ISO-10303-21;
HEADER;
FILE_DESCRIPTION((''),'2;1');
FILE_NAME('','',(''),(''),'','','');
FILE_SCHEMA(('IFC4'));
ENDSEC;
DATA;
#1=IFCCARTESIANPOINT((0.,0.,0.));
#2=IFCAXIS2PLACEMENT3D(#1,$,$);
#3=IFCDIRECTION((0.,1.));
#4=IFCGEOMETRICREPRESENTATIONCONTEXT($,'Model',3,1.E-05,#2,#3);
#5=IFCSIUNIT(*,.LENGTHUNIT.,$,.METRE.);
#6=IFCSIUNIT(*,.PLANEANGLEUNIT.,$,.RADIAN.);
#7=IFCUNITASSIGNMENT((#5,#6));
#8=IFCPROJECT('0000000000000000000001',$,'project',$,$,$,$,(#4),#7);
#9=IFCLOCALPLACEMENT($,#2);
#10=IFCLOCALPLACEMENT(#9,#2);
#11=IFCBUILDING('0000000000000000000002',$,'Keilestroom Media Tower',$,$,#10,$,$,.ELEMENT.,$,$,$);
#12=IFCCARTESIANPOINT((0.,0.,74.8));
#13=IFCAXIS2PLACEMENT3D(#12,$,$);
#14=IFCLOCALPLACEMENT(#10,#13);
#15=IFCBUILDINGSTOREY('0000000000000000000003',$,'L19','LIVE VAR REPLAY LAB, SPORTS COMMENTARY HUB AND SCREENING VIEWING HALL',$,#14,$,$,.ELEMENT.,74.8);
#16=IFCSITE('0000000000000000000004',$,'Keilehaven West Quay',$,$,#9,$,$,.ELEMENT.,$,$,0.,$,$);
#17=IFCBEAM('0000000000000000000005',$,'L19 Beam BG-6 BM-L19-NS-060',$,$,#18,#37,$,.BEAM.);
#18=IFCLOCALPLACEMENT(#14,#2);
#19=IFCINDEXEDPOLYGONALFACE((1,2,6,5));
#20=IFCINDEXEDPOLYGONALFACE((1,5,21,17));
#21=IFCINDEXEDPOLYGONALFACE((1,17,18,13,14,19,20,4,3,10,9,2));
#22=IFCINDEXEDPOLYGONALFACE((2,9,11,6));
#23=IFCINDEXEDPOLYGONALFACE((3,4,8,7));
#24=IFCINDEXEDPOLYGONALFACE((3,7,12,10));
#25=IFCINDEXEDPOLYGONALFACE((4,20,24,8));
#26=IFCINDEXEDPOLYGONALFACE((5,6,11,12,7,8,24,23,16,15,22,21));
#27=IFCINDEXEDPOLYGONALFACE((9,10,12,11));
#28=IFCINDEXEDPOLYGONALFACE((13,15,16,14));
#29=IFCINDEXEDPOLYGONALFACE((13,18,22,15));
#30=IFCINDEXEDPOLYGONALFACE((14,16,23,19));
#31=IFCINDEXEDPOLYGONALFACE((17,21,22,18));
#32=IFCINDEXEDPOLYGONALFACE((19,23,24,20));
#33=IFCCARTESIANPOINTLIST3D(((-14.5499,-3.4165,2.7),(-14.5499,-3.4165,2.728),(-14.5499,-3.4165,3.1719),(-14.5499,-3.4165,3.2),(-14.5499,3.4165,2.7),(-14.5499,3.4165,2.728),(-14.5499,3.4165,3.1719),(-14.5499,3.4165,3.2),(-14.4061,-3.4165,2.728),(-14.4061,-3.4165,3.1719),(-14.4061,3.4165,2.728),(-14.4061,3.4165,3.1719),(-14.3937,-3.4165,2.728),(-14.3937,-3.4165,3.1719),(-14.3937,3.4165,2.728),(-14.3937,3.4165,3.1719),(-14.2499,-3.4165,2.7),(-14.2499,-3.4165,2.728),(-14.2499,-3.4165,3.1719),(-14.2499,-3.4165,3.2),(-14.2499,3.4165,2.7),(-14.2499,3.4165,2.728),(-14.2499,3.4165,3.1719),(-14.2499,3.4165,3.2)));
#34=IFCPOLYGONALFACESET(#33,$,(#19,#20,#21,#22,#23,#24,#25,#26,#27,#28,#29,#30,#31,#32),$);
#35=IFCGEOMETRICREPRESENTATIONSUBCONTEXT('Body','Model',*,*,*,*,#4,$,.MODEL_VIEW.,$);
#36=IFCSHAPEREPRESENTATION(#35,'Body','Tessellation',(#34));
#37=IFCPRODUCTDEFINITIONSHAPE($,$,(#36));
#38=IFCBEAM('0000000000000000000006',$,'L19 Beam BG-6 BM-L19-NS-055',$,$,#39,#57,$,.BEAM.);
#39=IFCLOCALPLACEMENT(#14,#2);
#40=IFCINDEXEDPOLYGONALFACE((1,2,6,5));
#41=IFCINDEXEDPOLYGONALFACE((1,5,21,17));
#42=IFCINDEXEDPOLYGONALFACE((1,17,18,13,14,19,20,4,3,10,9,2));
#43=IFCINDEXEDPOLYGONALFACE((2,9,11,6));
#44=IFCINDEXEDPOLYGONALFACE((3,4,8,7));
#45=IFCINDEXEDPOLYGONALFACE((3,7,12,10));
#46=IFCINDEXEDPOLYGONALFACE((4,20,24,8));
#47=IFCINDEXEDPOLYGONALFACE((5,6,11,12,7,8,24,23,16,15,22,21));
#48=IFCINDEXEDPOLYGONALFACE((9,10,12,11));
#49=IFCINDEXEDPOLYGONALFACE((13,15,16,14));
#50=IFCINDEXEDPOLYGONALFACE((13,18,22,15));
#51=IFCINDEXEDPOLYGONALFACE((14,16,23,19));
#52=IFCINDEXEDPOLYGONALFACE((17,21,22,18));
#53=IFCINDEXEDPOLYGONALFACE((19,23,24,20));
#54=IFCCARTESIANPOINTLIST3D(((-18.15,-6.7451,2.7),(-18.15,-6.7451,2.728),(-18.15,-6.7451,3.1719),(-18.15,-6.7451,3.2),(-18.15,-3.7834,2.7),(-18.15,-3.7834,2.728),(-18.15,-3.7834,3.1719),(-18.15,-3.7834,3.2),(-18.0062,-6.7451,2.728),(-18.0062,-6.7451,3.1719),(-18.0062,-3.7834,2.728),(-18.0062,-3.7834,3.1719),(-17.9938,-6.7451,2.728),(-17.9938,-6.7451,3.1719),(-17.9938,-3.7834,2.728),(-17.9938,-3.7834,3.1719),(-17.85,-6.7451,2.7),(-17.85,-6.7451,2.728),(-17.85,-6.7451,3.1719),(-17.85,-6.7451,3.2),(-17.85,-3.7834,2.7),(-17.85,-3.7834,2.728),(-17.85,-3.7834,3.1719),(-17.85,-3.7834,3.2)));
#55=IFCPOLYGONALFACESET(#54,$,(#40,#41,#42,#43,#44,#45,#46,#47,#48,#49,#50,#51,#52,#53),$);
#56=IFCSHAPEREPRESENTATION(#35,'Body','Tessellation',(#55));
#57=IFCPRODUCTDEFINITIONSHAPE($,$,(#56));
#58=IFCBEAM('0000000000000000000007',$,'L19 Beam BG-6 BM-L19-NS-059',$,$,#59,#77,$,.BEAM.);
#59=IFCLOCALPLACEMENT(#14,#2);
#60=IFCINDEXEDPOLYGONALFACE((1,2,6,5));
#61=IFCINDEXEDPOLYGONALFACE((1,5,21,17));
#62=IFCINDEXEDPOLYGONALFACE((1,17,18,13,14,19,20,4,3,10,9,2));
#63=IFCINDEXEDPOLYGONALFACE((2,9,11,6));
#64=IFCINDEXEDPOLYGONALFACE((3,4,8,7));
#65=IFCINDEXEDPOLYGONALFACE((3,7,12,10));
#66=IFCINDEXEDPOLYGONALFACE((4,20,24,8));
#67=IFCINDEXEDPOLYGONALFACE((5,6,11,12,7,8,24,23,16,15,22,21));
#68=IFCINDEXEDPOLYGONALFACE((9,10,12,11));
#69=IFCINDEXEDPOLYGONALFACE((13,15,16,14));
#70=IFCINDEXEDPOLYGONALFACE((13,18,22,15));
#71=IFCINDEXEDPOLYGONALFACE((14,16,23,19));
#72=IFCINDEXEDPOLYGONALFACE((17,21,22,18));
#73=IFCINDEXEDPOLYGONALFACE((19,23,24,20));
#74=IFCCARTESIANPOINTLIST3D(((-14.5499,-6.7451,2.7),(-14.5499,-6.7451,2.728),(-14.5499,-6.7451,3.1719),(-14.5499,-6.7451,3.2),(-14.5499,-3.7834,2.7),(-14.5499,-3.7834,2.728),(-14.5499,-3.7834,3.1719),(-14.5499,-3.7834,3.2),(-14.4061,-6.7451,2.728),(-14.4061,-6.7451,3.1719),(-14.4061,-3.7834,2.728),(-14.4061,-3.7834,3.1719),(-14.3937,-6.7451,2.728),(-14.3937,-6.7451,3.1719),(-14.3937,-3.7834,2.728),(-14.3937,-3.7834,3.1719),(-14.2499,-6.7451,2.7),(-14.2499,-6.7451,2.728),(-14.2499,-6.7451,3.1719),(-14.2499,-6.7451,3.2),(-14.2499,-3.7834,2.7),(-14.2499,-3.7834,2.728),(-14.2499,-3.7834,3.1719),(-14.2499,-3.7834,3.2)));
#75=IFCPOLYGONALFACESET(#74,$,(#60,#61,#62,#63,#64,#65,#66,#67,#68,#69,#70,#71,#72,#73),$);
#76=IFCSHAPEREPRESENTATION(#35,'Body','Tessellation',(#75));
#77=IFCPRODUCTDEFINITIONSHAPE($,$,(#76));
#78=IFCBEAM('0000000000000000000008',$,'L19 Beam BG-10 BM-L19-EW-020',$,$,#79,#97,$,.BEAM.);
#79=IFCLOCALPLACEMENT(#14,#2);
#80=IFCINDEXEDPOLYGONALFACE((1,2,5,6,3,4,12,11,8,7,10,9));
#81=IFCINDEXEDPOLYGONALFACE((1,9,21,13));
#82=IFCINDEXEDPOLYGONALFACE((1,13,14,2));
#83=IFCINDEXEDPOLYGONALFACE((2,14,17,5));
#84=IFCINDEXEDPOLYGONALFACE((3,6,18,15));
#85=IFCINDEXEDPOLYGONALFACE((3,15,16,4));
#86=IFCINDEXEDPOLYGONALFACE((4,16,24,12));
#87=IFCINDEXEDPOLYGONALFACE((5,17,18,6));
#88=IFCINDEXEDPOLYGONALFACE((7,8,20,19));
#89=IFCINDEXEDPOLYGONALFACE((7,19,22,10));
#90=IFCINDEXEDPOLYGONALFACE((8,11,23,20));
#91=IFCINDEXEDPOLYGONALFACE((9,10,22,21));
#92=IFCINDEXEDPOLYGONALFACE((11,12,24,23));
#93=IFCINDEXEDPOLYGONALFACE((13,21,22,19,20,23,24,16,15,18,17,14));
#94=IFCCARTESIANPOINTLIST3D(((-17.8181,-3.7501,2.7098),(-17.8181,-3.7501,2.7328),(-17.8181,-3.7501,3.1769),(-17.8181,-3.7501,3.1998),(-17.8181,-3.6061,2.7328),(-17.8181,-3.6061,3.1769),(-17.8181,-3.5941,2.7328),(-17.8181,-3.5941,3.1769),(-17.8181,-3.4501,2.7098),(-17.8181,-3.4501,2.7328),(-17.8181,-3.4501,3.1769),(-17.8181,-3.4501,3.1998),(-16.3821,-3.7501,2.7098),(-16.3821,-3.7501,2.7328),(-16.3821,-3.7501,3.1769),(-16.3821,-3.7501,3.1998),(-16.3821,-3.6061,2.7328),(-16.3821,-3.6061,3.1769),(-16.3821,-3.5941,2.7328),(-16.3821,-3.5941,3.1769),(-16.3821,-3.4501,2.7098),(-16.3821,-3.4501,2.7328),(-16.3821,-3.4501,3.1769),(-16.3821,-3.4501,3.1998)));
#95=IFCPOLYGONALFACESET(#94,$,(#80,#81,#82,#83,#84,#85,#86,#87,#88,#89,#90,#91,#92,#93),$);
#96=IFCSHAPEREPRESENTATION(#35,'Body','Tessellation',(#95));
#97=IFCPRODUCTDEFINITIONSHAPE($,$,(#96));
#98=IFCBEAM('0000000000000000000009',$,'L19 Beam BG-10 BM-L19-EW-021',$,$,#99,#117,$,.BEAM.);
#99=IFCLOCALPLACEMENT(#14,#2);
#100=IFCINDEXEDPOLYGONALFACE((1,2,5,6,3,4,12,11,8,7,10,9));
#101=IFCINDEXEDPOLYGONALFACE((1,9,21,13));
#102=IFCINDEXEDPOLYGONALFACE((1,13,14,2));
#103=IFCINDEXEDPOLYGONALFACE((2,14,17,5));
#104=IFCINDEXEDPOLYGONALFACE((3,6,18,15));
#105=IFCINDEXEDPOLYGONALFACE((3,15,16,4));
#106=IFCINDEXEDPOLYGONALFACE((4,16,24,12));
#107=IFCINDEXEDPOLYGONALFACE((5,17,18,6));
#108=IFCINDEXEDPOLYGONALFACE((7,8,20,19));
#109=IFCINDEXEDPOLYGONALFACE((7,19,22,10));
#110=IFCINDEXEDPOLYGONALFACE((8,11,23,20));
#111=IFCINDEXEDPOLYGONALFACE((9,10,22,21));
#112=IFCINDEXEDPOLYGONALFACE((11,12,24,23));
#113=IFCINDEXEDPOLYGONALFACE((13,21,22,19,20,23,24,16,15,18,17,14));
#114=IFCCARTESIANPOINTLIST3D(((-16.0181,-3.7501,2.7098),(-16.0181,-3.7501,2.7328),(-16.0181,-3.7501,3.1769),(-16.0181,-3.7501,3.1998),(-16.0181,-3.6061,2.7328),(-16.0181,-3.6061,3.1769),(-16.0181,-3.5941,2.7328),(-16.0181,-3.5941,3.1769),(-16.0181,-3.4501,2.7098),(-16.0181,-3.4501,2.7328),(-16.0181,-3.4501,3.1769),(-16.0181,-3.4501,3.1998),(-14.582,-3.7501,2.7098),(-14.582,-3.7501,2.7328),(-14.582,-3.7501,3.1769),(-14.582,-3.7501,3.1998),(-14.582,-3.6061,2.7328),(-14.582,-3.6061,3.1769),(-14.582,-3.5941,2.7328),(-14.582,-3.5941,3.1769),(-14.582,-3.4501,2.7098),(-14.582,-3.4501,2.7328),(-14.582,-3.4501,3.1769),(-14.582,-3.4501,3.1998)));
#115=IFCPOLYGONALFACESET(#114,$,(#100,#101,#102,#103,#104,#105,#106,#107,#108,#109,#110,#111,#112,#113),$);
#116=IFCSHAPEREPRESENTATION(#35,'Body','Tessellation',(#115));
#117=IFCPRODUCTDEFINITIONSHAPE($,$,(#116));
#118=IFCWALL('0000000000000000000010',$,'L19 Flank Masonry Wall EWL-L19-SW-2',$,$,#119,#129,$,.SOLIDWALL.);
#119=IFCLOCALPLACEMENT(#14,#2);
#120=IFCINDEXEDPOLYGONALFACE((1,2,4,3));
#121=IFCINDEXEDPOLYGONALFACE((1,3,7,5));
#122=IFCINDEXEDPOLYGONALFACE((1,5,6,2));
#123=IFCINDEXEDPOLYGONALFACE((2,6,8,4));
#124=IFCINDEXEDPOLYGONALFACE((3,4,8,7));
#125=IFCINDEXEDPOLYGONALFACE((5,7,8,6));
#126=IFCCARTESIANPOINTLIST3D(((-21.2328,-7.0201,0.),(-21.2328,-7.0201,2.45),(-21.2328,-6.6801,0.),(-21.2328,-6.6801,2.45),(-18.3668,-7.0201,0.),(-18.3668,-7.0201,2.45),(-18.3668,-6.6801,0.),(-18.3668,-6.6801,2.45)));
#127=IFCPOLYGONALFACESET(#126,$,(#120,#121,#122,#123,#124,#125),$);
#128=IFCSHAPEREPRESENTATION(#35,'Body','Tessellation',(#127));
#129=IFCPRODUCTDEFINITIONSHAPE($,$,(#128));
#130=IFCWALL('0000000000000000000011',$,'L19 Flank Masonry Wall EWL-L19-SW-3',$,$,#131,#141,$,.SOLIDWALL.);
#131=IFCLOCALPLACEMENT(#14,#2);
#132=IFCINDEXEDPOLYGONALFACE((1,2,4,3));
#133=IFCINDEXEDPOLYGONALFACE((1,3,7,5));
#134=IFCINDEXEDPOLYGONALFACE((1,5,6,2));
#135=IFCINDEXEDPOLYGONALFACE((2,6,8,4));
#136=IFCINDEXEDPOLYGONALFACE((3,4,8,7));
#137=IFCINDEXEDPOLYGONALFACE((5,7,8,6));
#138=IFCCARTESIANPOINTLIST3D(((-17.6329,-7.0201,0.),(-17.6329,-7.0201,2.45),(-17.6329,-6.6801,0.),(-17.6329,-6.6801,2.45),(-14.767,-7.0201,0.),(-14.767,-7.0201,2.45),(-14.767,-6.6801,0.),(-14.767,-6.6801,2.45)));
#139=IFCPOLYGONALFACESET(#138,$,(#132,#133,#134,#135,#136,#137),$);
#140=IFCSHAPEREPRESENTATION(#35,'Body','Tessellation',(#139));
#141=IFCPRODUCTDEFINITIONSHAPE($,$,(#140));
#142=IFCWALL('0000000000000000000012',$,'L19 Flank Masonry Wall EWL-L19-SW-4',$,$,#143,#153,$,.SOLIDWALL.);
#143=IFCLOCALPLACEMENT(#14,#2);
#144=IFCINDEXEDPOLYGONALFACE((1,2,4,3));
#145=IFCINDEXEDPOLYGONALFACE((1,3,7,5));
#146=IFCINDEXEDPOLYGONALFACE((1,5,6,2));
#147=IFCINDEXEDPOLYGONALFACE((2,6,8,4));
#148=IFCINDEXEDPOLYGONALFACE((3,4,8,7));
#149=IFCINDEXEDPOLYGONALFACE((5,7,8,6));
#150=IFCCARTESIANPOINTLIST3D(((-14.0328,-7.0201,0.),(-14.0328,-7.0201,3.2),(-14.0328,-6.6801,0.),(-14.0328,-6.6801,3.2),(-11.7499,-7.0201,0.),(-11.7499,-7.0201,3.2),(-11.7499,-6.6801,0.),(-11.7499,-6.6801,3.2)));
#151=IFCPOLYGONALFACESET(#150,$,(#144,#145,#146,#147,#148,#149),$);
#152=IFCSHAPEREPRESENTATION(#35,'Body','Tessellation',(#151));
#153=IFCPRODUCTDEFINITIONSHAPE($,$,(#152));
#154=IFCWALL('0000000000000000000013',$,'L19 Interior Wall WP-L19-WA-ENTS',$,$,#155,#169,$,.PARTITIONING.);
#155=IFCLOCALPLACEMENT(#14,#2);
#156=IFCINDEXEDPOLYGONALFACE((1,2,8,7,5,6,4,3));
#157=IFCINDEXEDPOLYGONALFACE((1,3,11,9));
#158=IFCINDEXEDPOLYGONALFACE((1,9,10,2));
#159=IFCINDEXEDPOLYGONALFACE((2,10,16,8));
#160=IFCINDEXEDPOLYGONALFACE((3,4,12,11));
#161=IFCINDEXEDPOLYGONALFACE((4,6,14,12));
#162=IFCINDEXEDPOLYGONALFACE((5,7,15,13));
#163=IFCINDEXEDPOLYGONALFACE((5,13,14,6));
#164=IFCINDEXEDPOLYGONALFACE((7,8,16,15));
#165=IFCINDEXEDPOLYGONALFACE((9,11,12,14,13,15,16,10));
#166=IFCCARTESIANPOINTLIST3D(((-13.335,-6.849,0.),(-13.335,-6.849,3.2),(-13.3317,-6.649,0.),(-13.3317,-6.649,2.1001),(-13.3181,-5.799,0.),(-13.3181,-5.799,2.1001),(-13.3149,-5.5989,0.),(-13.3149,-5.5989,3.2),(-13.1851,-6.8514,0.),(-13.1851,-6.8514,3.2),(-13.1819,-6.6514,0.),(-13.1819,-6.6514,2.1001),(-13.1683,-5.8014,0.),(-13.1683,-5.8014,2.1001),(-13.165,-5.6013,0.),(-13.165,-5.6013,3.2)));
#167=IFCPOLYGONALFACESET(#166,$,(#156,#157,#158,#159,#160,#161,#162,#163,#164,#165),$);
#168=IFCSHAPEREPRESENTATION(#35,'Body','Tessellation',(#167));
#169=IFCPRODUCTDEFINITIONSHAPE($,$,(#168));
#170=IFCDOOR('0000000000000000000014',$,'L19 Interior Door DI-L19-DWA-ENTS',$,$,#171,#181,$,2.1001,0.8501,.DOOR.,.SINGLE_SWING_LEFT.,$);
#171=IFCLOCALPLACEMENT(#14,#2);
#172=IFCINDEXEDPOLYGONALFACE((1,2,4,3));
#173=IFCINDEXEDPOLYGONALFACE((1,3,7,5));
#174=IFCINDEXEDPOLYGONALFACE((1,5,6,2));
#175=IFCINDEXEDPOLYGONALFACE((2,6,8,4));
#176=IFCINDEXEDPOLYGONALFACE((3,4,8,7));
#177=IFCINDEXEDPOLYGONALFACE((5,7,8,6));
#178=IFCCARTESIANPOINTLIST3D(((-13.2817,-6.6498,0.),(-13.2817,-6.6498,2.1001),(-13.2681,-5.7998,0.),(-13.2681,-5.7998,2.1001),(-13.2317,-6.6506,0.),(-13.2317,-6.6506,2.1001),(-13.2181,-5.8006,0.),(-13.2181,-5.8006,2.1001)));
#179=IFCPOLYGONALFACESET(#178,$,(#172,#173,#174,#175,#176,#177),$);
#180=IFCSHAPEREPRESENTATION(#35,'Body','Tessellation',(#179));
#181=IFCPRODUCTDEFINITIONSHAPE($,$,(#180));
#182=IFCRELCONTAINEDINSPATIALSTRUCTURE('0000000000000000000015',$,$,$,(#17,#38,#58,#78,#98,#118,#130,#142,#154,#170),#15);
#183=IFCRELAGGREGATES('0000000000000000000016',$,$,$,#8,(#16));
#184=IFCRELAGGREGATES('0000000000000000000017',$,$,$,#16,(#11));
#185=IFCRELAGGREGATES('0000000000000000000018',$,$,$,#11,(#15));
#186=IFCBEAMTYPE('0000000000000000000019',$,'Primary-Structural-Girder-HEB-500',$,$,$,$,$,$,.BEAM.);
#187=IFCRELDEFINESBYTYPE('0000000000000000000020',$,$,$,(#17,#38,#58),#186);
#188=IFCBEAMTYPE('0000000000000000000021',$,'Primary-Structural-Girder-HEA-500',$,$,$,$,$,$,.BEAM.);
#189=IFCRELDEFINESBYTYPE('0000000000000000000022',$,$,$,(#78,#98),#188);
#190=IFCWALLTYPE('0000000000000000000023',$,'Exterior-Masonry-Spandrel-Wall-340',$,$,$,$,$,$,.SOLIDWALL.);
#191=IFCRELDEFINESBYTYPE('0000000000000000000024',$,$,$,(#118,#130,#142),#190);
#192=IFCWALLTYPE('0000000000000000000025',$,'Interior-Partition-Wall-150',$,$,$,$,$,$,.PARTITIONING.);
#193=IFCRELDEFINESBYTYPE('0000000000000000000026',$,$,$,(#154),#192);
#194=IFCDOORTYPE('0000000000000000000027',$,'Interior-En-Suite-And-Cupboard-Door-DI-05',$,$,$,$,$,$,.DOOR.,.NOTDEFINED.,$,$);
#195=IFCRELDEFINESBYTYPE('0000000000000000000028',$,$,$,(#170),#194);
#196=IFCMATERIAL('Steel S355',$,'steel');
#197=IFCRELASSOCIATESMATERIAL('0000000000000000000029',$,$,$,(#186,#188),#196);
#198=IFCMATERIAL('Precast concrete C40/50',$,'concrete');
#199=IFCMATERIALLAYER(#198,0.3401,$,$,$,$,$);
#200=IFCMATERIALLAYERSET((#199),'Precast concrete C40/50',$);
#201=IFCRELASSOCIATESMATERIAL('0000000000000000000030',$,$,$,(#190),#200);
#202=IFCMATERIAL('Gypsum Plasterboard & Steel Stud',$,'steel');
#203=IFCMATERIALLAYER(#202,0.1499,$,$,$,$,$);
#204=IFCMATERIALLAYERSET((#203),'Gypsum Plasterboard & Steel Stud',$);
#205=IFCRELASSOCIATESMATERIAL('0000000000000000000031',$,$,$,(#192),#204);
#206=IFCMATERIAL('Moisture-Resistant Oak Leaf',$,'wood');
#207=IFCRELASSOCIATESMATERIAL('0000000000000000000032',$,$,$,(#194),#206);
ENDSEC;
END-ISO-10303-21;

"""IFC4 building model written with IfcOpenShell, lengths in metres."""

from ifc_helpers import new_model, si_unit, direction, frame, frame_2d, origin, origin_2d, place, context, subcontext, project, spatial, rectangle, i_section, extrude, source, transform, mapped, material, layer, layer_set, material_profile, profile_set, type_object, element, fill, save


model = new_model("IFC4")

# Units and contexts
model_context = context("Model", 3, precision=1e-05, world=origin(), true_north=direction((0.0, 1.0)))
body_context = subcontext(model_context, "Body", "Model", "MODEL_VIEW")
ifc_project = project(units=[si_unit("LENGTHUNIT", "METRE"), si_unit("PLANEANGLEUNIT", "RADIAN")], contexts=[model_context])

# Site, building, storey
site_placement = place(None, origin())
site = spatial("IfcSite", under=ifc_project, at=site_placement, Name="Keilehaven West Quay", CompositionType="ELEMENT", RefElevation=0.0)
building_placement = place(site_placement, origin())
building = spatial("IfcBuilding", under=site, at=building_placement, Name="Keilestroom Media Tower", CompositionType="ELEMENT")
storey_placement = place(building_placement, frame((0.0, 0.0, 74.8)))
storey = spatial("IfcBuildingStorey", under=building, at=storey_placement, Name="L19", Description="LIVE VAR REPLAY LAB, SPORTS COMMENTARY HUB AND SCREENING VIEWING HALL", CompositionType="ELEMENT", Elevation=74.8)

# Shared definitions
ifc_material_1 = material(Name="Precast concrete C40/50", Category="concrete")

# Beams
ifc_material_2 = material(Name="Steel S355", Category="steel")
ifc_material_profile_1 = material_profile(ifc_material_2, i_section(OverallWidth=0.3, OverallDepth=0.5, WebThickness=0.0125, FlangeThickness=0.0281, at=origin_2d()), Name="HEB 500")
ifc_profile_set_1 = profile_set([ifc_material_profile_1], Name="Steel S355")
beam_type_1 = type_object("IfcBeamType", Name="Primary-Structural-Girder-HEB-500", PredefinedType="BEAM", material=ifc_profile_set_1)
shared_shape_1 = source(origin(), body_context, "Body", "SweptSolid", [
    extrude(i_section(OverallWidth=0.3, OverallDepth=0.5, WebThickness=0.0125, FlangeThickness=0.0281, at=origin_2d()), origin(), (0.0, 0.0, 1.0), 6.833),
])
for number, where, z_axis, x_axis, name in (
    (1, (-14.3999, -3.4165, 2.95), (0.0, 1.0, 0.0), (-1.0, 0.0, 0.0), "L19 Beam BG-6 BM-L19-NS-060"),
):
    element("IfcBeam", number, at=place(storey_placement, frame(where, z_axis=z_axis, x_axis=x_axis)), inside=storey, type_object=beam_type_1, Name=name, PredefinedType="BEAM", context=body_context, shape_type="MappedRepresentation", body=[
        mapped(shared_shape_1, transform((0.0, 0.0, 0.0), x_axis=(1.0, 0.0, 0.0), y_axis=(0.0, 1.0, 0.0), z_axis=(0.0, 0.0, 1.0), scale=1.0)),
    ])
shared_shape_2 = source(origin(), body_context, "Body", "SweptSolid", [
    extrude(i_section(OverallWidth=0.3, OverallDepth=0.5, WebThickness=0.0125, FlangeThickness=0.0281, at=origin_2d()), origin(), (0.0, 0.0, 1.0), 2.9617),
])
for number, where, z_axis, x_axis, name in (
    (2, (-18.0, -6.7451, 2.95), (0.0, 1.0, 0.0), (-1.0, 0.0, 0.0), "L19 Beam BG-6 BM-L19-NS-055"),
    (3, (-14.3999, -6.7451, 2.95), (0.0, 1.0, 0.0), (-1.0, 0.0, 0.0), "L19 Beam BG-6 BM-L19-NS-059"),
):
    element("IfcBeam", number, at=place(storey_placement, frame(where, z_axis=z_axis, x_axis=x_axis)), inside=storey, type_object=beam_type_1, Name=name, PredefinedType="BEAM", context=body_context, shape_type="MappedRepresentation", body=[
        mapped(shared_shape_2, transform((0.0, 0.0, 0.0), x_axis=(1.0, 0.0, 0.0), y_axis=(0.0, 1.0, 0.0), z_axis=(0.0, 0.0, 1.0), scale=1.0)),
    ])
ifc_material_profile_2 = material_profile(ifc_material_2, i_section(OverallWidth=0.3, OverallDepth=0.49, WebThickness=0.012, FlangeThickness=0.0229, at=origin_2d()), Name="HEA 500")
ifc_profile_set_2 = profile_set([ifc_material_profile_2], Name="Steel S355")
beam_type_2 = type_object("IfcBeamType", Name="Primary-Structural-Girder-HEA-500", PredefinedType="BEAM", material=ifc_profile_set_2)
shared_shape_3 = source(origin(), body_context, "Body", "SweptSolid", [
    extrude(i_section(OverallWidth=0.3, OverallDepth=0.49, WebThickness=0.012, FlangeThickness=0.0229, at=origin_2d()), origin(), (0.0, 0.0, 1.0), 1.436),
])
for number, where, z_axis, x_axis, name in (
    (4, (-17.8181, -3.6001, 2.9548), (1.0, 0.0, 0.0), (0.0, 1.0, 0.0), "L19 Beam BG-10 BM-L19-EW-020"),
    (5, (-16.0181, -3.6001, 2.9548), (1.0, 0.0, 0.0), (0.0, 1.0, 0.0), "L19 Beam BG-10 BM-L19-EW-021"),
):
    element("IfcBeam", number, at=place(storey_placement, frame(where, z_axis=z_axis, x_axis=x_axis)), inside=storey, type_object=beam_type_2, Name=name, PredefinedType="BEAM", context=body_context, shape_type="MappedRepresentation", body=[
        mapped(shared_shape_3, transform((0.0, 0.0, 0.0), x_axis=(1.0, 0.0, 0.0), y_axis=(0.0, 1.0, 0.0), z_axis=(0.0, 0.0, 1.0), scale=1.0)),
    ])

# Walls
ifc_layer_1 = layer(ifc_material_1, 0.3401)
ifc_layer_set_1 = layer_set([ifc_layer_1], Name="Precast concrete C40/50")
wall_type_1 = type_object("IfcWallType", Name="Exterior-Masonry-Spandrel-Wall-340", PredefinedType="SOLIDWALL", material=ifc_layer_set_1)
for number, where, z_axis, x_axis, name in (
    (6, (-21.2329, -6.8501, 0.0), (0.0, 0.0, 1.0), (1.0, 0.0, 0.0), "L19 Flank Masonry Wall EWL-L19-SW-2"),
    (7, (-17.6331, -6.8501, 0.0), (0.0, 0.0, 1.0), (1.0, 0.0, 0.0), "L19 Flank Masonry Wall EWL-L19-SW-3"),
):
    element("IfcWall", number, at=place(storey_placement, frame(where, z_axis=z_axis, x_axis=x_axis)), inside=storey, type_object=wall_type_1, Name=name, PredefinedType="SOLIDWALL", context=body_context, shape_type="SweptSolid", body=[
        extrude(rectangle(XDim=2.866, YDim=0.3401, at=frame_2d((1.4331, 0.0))), origin(), (0.0, 0.0, 1.0), 2.45),
    ])
wall_1_placement = place(storey_placement, frame((-14.033, -6.8501, 0.0), z_axis=(0.0, 0.0, 1.0), x_axis=(1.0, 0.0, 0.0)))
element("IfcWall", 8, at=wall_1_placement, inside=storey, type_object=wall_type_1, Name="L19 Flank Masonry Wall EWL-L19-SW-4", PredefinedType="SOLIDWALL", context=body_context, shape_type="SweptSolid", body=[
    extrude(rectangle(XDim=2.283, YDim=0.3401, at=frame_2d((1.1416, 0.0))), origin(), (0.0, 0.0, 1.0), 3.2),
])

# Wall, opening, door
ifc_material_3 = material(Name="Gypsum Plasterboard & Steel Stud", Category="steel")
ifc_layer_2 = layer(ifc_material_3, 0.1499)
ifc_layer_set_2 = layer_set([ifc_layer_2], Name="Gypsum Plasterboard & Steel Stud")
wall_type_2 = type_object("IfcWallType", Name="Interior-Partition-Wall-150", PredefinedType="PARTITIONING", material=ifc_layer_set_2)
wall_2_placement = place(storey_placement, frame((-13.26, -6.8501, 0.0), z_axis=(0.0, 0.0, 1.0), x_axis=(0.016014, 0.999872, 0.0)))
wall_2 = element("IfcWall", 9, at=wall_2_placement, inside=storey, type_object=wall_type_2, Name="L19 Interior Wall WP-L19-WA-ENTS", PredefinedType="PARTITIONING", context=body_context, shape_type="SweptSolid", body=[
    extrude(rectangle(XDim=1.2502, YDim=0.1499, at=frame_2d((0.625, 0.0))), origin(), (0.0, 0.0, 1.0), 3.2),
])
opening_1_placement = place(wall_2_placement, frame((0.2, 0.0, 0.0)))
opening_1 = element("IfcOpeningElement", 10, at=opening_1_placement, cuts=wall_2, PredefinedType="OPENING", context=body_context, shape_type="SweptSolid", body=[
    extrude(rectangle(XDim=0.8501, YDim=2.1001, at=frame_2d((0.425, 1.05))), frame((0.0, 0.085, 0.0), z_axis=(0.0, -1.0, 0.0), x_axis=(1.0, 0.0, 0.0)), (0.0, 0.0, 1.0), 0.1699),
])
ifc_material_4 = material(Name="Moisture-Resistant Oak Leaf", Category="wood")
door_type_1 = type_object("IfcDoorType", Name="Interior-En-Suite-And-Cupboard-Door-DI-05", OperationType="NOTDEFINED", PredefinedType="DOOR", material=ifc_material_4)
shared_shape_4 = source(origin(), body_context, "Body", "SweptSolid", [
    extrude(rectangle(XDim=0.8501, YDim=2.1001, at=frame_2d((0.425, 1.05))), frame((0.0, 0.0249, 0.0), z_axis=(0.0, -1.0, 0.0), x_axis=(1.0, 0.0, 0.0)), (0.0, 0.0, 1.0), 0.05),
])
door_1_placement = place(opening_1_placement, origin())
door_1 = element("IfcDoor", 11, at=door_1_placement, inside=storey, type_object=door_type_1, Name="L19 Interior Door DI-L19-DWA-ENTS", OperationType="SINGLE_SWING_LEFT", OverallHeight=2.1001, OverallWidth=0.8501, PredefinedType="DOOR", context=body_context, shape_type="MappedRepresentation", body=[
    mapped(shared_shape_4, transform((0.0, 0.0, 0.0), x_axis=(1.0, 0.0, 0.0), y_axis=(0.0, 1.0, 0.0), z_axis=(0.0, 0.0, 1.0), scale=1.0)),
])
fill(opening_1, door_1)

save(model, "model.ifc")
